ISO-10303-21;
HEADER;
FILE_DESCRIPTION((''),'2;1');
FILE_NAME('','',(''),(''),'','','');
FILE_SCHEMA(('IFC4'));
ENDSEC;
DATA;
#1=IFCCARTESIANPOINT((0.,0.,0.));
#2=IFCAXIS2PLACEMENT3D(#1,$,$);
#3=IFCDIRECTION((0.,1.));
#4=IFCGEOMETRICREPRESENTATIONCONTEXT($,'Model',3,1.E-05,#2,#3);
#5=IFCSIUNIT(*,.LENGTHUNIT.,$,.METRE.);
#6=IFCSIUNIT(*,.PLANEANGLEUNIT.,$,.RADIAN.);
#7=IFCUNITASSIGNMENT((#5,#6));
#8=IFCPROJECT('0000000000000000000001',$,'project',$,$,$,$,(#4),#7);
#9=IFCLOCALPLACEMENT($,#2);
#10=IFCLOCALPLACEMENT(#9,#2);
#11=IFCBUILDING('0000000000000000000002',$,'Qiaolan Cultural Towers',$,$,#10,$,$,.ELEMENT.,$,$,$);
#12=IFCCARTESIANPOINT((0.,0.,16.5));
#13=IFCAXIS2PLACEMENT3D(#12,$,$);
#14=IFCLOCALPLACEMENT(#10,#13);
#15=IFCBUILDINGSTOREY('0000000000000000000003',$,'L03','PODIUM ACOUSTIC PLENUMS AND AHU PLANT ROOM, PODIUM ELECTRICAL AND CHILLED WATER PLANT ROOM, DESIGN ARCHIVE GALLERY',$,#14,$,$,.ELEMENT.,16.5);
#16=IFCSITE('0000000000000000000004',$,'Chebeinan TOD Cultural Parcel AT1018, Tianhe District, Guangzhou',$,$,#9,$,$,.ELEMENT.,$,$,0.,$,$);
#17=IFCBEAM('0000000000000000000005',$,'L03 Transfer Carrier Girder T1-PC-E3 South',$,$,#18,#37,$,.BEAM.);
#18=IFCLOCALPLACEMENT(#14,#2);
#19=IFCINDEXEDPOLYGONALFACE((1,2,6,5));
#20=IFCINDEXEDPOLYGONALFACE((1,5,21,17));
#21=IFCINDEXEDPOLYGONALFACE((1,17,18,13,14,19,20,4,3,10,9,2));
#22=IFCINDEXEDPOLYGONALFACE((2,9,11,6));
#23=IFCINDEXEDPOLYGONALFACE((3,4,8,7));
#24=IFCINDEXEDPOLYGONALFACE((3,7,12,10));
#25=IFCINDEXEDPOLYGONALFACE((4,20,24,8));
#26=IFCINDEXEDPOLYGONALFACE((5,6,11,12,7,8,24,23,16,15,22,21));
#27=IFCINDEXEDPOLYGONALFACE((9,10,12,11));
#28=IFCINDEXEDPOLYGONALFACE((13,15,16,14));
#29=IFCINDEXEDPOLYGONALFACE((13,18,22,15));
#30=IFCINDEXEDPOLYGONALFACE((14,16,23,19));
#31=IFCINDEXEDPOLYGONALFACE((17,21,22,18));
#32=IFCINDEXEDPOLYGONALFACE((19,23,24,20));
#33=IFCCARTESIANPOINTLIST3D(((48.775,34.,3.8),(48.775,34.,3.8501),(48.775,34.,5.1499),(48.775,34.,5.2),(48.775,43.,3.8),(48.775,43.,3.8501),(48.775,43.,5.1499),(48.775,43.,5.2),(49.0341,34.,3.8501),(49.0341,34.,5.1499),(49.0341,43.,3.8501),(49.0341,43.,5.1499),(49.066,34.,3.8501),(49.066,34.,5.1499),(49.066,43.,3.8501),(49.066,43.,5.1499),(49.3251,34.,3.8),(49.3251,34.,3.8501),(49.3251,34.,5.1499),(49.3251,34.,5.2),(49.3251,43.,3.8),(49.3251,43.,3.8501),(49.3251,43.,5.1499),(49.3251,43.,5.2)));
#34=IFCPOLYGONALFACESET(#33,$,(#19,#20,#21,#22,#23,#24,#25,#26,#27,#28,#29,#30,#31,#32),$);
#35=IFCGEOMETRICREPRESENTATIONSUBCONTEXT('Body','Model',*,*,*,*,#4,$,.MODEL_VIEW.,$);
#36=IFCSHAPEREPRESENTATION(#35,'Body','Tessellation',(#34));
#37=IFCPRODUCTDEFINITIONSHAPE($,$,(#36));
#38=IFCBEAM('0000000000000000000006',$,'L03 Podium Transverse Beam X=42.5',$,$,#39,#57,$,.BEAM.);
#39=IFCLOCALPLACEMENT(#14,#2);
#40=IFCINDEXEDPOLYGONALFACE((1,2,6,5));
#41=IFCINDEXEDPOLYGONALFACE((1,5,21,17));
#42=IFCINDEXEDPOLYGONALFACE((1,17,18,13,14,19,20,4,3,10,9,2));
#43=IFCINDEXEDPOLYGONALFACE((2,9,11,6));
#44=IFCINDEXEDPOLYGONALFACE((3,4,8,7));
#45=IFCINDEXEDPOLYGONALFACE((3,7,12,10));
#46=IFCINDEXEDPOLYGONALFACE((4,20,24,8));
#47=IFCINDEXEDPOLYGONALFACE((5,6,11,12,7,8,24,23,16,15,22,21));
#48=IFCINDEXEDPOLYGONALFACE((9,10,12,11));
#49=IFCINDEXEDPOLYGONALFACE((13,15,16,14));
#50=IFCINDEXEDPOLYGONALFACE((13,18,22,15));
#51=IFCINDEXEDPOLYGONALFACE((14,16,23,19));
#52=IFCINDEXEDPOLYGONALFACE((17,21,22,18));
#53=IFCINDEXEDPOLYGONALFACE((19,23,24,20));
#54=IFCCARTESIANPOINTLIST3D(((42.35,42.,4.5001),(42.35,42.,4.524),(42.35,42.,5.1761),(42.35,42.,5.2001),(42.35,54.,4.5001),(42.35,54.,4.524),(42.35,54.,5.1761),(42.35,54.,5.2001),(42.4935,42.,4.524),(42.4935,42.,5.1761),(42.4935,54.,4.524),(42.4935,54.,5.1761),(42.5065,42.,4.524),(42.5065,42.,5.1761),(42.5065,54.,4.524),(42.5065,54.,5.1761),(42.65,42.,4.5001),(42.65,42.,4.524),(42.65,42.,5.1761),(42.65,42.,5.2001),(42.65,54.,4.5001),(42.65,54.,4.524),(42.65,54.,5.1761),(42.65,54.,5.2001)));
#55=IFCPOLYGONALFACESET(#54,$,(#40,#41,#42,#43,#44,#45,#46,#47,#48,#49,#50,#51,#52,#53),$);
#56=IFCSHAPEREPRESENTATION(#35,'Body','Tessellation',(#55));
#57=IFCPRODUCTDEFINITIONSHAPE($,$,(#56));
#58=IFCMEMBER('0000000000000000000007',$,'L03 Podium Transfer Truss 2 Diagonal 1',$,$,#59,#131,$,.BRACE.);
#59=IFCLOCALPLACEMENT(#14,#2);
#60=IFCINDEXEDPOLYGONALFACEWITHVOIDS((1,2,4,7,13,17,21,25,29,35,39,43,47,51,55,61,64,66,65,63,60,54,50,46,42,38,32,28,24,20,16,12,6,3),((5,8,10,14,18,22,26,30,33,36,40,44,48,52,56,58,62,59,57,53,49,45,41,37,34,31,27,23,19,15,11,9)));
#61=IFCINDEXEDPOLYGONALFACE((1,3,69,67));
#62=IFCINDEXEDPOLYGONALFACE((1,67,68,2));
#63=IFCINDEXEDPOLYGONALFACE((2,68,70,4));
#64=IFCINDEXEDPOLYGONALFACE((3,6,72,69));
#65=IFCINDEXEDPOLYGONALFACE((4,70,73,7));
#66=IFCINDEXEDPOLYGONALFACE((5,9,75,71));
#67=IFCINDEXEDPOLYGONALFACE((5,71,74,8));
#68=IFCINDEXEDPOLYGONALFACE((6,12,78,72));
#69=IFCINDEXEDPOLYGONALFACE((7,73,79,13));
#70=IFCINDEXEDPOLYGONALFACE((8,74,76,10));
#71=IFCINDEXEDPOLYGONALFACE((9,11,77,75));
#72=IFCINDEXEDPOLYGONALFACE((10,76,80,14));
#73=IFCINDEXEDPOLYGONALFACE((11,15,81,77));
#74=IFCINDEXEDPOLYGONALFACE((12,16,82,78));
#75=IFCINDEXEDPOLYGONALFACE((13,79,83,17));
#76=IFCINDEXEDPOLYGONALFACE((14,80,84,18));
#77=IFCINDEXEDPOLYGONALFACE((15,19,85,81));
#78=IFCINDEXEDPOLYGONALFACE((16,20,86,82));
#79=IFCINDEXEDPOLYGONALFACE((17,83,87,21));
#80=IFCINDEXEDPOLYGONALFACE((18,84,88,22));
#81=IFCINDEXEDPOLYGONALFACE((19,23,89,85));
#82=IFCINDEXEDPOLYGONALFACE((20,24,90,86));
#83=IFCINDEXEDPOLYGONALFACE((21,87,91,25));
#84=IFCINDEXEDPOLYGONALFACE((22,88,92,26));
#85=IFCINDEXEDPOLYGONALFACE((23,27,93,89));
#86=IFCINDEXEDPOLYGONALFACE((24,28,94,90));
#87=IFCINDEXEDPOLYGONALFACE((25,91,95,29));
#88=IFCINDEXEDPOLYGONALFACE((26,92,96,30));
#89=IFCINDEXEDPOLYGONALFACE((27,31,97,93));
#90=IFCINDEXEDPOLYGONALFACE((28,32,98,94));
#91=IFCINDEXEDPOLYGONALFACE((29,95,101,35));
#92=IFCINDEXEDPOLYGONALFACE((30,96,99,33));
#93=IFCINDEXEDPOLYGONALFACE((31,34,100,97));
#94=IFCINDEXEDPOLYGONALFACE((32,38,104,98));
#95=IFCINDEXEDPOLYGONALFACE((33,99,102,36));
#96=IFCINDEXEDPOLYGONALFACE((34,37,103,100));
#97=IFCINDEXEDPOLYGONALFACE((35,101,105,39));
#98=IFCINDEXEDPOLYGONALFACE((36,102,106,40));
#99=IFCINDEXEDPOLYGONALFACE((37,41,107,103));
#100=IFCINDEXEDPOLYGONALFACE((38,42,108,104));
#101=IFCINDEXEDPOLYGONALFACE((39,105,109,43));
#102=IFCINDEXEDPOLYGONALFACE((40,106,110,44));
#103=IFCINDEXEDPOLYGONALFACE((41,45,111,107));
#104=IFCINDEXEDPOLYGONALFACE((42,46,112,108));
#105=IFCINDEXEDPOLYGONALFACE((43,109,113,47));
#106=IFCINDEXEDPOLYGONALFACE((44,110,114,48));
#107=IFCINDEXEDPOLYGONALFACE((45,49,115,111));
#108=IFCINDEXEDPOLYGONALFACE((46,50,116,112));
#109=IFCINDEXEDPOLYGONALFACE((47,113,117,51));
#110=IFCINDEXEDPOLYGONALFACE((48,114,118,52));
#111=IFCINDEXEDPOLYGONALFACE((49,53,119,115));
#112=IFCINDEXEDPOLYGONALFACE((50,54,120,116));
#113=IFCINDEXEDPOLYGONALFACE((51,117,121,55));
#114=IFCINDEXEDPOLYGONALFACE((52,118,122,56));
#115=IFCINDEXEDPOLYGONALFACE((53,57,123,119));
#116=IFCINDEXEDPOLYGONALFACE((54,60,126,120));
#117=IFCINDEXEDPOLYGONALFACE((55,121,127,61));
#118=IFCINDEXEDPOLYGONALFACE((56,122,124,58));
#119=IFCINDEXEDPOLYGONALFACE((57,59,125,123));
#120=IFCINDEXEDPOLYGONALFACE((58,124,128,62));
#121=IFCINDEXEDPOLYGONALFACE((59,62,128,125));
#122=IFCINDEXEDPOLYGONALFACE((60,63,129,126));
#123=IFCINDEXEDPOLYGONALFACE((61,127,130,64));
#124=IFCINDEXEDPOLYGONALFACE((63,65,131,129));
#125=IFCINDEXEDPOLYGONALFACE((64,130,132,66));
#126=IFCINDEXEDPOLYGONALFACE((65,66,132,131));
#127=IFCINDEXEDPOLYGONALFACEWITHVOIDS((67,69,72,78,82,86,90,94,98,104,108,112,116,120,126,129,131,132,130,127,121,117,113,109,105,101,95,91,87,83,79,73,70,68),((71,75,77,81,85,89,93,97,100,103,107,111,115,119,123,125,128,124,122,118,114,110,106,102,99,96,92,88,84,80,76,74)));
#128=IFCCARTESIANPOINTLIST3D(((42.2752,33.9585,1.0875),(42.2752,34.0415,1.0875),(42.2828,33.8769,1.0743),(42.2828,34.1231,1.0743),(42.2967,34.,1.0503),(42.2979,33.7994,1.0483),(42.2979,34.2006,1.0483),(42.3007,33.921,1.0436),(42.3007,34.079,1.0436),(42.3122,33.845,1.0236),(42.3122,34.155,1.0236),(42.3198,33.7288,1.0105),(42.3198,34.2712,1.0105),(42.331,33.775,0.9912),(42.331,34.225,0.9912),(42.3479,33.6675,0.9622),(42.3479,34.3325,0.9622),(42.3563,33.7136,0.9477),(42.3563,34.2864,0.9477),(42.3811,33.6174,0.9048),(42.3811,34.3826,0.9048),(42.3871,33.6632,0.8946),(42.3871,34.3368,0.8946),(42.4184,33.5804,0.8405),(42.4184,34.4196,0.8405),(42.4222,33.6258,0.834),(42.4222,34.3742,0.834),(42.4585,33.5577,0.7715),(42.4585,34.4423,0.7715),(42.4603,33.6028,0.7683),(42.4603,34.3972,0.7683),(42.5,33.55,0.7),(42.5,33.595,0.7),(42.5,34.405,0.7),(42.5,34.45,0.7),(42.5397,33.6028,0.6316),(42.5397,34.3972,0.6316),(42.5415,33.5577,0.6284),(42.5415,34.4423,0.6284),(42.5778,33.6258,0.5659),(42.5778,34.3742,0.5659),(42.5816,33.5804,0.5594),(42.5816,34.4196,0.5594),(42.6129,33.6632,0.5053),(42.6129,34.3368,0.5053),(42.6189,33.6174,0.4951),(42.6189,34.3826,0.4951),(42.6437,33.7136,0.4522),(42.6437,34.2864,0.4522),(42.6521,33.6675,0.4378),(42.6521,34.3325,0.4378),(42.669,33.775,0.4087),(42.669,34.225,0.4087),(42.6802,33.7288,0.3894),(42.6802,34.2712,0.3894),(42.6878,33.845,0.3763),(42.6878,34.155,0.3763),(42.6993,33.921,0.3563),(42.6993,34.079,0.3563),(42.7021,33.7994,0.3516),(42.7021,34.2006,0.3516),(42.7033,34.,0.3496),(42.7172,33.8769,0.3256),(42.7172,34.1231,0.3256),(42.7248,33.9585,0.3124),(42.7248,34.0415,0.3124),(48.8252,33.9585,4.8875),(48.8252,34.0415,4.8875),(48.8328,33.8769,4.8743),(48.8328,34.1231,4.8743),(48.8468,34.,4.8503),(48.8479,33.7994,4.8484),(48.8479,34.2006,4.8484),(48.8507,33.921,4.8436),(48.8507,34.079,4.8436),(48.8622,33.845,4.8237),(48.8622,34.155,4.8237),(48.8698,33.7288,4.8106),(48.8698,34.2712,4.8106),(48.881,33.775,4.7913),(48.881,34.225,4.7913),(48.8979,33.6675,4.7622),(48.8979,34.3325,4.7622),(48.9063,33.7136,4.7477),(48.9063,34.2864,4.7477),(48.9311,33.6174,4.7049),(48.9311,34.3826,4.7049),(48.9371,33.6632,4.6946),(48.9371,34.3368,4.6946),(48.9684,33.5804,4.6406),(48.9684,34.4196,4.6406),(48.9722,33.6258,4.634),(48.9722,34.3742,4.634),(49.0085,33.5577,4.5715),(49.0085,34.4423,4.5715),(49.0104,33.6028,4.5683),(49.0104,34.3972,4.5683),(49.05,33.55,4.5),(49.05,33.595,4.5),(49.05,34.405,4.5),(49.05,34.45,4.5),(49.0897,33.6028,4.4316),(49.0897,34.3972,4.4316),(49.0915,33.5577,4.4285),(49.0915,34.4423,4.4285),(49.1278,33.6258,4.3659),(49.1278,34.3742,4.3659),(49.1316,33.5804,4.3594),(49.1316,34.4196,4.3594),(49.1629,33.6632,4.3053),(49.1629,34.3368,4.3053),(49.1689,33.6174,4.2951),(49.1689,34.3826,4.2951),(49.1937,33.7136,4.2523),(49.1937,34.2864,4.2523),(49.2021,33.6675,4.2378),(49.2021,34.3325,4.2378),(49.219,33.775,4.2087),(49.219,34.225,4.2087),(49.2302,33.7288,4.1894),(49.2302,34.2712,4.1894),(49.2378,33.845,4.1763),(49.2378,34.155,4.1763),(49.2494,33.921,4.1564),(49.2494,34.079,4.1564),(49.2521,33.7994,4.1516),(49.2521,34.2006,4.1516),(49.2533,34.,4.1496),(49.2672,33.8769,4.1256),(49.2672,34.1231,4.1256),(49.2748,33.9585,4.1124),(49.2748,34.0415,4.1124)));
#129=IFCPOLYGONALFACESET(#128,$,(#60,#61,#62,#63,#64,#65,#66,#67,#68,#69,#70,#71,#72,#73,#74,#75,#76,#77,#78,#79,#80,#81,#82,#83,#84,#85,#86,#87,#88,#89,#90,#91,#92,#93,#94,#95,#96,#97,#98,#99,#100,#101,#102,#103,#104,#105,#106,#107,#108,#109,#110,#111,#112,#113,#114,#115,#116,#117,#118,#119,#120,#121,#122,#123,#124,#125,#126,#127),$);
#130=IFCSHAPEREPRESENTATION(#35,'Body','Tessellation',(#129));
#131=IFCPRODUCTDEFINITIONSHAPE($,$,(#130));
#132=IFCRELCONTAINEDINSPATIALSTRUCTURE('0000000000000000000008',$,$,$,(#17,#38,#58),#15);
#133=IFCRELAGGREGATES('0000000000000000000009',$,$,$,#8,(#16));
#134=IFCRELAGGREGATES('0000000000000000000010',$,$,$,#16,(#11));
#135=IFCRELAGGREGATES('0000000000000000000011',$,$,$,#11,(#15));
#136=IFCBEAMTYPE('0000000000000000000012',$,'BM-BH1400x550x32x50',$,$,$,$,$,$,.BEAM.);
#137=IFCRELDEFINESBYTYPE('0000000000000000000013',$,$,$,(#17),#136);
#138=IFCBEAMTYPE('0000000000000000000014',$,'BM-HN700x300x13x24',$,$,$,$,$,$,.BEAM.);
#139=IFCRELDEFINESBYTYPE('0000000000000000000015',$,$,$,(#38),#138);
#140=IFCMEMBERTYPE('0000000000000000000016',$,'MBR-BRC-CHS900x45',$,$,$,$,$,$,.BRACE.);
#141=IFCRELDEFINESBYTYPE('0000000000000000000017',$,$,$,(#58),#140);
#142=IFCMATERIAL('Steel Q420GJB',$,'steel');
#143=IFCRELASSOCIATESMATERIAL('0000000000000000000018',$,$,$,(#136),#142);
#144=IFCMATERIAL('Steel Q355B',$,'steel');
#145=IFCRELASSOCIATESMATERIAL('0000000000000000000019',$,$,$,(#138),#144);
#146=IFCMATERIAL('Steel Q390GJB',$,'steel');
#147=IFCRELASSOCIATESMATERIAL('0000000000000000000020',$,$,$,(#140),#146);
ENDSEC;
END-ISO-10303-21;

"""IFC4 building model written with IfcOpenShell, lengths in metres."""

from ifc_helpers import new_model, si_unit, direction, frame, origin, origin_2d, place, context, subcontext, project, spatial, hollow_circle, i_section, extrude, material, material_profile, profile_set, type_object, element, save


model = new_model("IFC4")

# Units and contexts
model_context = context("Model", 3, precision=1e-05, world=origin(), true_north=direction((0.0, 1.0)))
body_context = subcontext(model_context, "Body", "Model", "MODEL_VIEW")
ifc_project = project(units=[si_unit("LENGTHUNIT", "METRE"), si_unit("PLANEANGLEUNIT", "RADIAN")], contexts=[model_context])

# Site, building, storey
site_placement = place(None, origin())
site = spatial("IfcSite", under=ifc_project, at=site_placement, Name="Chebeinan TOD Cultural Parcel AT1018, Tianhe District, Guangzhou", CompositionType="ELEMENT", RefElevation=0.0)
building_placement = place(site_placement, origin())
building = spatial("IfcBuilding", under=site, at=building_placement, Name="Qiaolan Cultural Towers", CompositionType="ELEMENT")
storey_placement = place(building_placement, frame((0.0, 0.0, 16.5)))
storey = spatial("IfcBuildingStorey", under=building, at=storey_placement, Name="L03", Description="PODIUM ACOUSTIC PLENUMS AND AHU PLANT ROOM, PODIUM ELECTRICAL AND CHILLED WATER PLANT ROOM, DESIGN ARCHIVE GALLERY", CompositionType="ELEMENT", Elevation=16.5)

# Beams
ifc_material_1 = material(Name="Steel Q420GJB", Category="steel")
ifc_material_profile_1 = material_profile(ifc_material_1, i_section(OverallWidth=0.55, OverallDepth=1.3999, WebThickness=0.032, FlangeThickness=0.05, at=origin_2d()), Name="BH1400x550x32x50")
ifc_profile_set_1 = profile_set([ifc_material_profile_1], Name="Steel Q420GJB")
beam_type_1 = type_object("IfcBeamType", Name="BM-BH1400x550x32x50", PredefinedType="BEAM", material=ifc_profile_set_1)
beam_1_placement = place(storey_placement, frame((49.05, 34.0, 4.5), z_axis=(0.0, 1.0, 0.0), x_axis=(-1.0, 0.0, 0.0)))
element("IfcBeam", 1, at=beam_1_placement, inside=storey, type_object=beam_type_1, Name="L03 Transfer Carrier Girder T1-PC-E3 South", PredefinedType="BEAM", context=body_context, shape_type="SweptSolid", body=[
    extrude(i_section(OverallWidth=0.55, OverallDepth=1.3999, WebThickness=0.032, FlangeThickness=0.05, at=origin_2d()), origin(), (0.0, 0.0, 1.0), 9.0),
])
ifc_material_2 = material(Name="Steel Q355B", Category="steel")
ifc_material_profile_2 = material_profile(ifc_material_2, i_section(OverallWidth=0.3, OverallDepth=0.7, WebThickness=0.0129, FlangeThickness=0.0239, at=origin_2d()), Name="HN700x300x13x24")
ifc_profile_set_2 = profile_set([ifc_material_profile_2], Name="Steel Q355B")
beam_type_2 = type_object("IfcBeamType", Name="BM-HN700x300x13x24", PredefinedType="BEAM", material=ifc_profile_set_2)
beam_2_placement = place(storey_placement, frame((42.5, 42.0, 4.8501), z_axis=(0.0, 1.0, 0.0), x_axis=(-1.0, 0.0, 0.0)))
element("IfcBeam", 2, at=beam_2_placement, inside=storey, type_object=beam_type_2, Name="L03 Podium Transverse Beam X=42.5", PredefinedType="BEAM", context=body_context, shape_type="SweptSolid", body=[
    extrude(i_section(OverallWidth=0.3, OverallDepth=0.7, WebThickness=0.0129, FlangeThickness=0.0239, at=origin_2d()), origin(), (0.0, 0.0, 1.0), 12.0),
])

# Member
ifc_material_3 = material(Name="Steel Q390GJB", Category="steel")
ifc_material_profile_3 = material_profile(ifc_material_3, hollow_circle(Radius=0.45, WallThickness=0.0449, at=origin_2d()), Name="CHS900x45")
ifc_profile_set_3 = profile_set([ifc_material_profile_3], Name="Steel Q390GJB")
member_type_1 = type_object("IfcMemberType", Name="MBR-BRC-CHS900x45", PredefinedType="BRACE", material=ifc_profile_set_3)
member_1_placement = place(storey_placement, frame((42.5, 34.0, 0.7), z_axis=(0.864973, 0.0, 0.501819), x_axis=(0.0, 1.0, 0.0)))
element("IfcMember", 3, at=member_1_placement, inside=storey, type_object=member_type_1, Name="L03 Podium Transfer Truss 2 Diagonal 1", PredefinedType="BRACE", context=body_context, shape_type="SweptSolid", body=[
    extrude(hollow_circle(Radius=0.45, WallThickness=0.0449, at=origin_2d()), origin(), (0.0, 0.0, 1.0), 7.5725),
])

save(model, "model.ifc")
